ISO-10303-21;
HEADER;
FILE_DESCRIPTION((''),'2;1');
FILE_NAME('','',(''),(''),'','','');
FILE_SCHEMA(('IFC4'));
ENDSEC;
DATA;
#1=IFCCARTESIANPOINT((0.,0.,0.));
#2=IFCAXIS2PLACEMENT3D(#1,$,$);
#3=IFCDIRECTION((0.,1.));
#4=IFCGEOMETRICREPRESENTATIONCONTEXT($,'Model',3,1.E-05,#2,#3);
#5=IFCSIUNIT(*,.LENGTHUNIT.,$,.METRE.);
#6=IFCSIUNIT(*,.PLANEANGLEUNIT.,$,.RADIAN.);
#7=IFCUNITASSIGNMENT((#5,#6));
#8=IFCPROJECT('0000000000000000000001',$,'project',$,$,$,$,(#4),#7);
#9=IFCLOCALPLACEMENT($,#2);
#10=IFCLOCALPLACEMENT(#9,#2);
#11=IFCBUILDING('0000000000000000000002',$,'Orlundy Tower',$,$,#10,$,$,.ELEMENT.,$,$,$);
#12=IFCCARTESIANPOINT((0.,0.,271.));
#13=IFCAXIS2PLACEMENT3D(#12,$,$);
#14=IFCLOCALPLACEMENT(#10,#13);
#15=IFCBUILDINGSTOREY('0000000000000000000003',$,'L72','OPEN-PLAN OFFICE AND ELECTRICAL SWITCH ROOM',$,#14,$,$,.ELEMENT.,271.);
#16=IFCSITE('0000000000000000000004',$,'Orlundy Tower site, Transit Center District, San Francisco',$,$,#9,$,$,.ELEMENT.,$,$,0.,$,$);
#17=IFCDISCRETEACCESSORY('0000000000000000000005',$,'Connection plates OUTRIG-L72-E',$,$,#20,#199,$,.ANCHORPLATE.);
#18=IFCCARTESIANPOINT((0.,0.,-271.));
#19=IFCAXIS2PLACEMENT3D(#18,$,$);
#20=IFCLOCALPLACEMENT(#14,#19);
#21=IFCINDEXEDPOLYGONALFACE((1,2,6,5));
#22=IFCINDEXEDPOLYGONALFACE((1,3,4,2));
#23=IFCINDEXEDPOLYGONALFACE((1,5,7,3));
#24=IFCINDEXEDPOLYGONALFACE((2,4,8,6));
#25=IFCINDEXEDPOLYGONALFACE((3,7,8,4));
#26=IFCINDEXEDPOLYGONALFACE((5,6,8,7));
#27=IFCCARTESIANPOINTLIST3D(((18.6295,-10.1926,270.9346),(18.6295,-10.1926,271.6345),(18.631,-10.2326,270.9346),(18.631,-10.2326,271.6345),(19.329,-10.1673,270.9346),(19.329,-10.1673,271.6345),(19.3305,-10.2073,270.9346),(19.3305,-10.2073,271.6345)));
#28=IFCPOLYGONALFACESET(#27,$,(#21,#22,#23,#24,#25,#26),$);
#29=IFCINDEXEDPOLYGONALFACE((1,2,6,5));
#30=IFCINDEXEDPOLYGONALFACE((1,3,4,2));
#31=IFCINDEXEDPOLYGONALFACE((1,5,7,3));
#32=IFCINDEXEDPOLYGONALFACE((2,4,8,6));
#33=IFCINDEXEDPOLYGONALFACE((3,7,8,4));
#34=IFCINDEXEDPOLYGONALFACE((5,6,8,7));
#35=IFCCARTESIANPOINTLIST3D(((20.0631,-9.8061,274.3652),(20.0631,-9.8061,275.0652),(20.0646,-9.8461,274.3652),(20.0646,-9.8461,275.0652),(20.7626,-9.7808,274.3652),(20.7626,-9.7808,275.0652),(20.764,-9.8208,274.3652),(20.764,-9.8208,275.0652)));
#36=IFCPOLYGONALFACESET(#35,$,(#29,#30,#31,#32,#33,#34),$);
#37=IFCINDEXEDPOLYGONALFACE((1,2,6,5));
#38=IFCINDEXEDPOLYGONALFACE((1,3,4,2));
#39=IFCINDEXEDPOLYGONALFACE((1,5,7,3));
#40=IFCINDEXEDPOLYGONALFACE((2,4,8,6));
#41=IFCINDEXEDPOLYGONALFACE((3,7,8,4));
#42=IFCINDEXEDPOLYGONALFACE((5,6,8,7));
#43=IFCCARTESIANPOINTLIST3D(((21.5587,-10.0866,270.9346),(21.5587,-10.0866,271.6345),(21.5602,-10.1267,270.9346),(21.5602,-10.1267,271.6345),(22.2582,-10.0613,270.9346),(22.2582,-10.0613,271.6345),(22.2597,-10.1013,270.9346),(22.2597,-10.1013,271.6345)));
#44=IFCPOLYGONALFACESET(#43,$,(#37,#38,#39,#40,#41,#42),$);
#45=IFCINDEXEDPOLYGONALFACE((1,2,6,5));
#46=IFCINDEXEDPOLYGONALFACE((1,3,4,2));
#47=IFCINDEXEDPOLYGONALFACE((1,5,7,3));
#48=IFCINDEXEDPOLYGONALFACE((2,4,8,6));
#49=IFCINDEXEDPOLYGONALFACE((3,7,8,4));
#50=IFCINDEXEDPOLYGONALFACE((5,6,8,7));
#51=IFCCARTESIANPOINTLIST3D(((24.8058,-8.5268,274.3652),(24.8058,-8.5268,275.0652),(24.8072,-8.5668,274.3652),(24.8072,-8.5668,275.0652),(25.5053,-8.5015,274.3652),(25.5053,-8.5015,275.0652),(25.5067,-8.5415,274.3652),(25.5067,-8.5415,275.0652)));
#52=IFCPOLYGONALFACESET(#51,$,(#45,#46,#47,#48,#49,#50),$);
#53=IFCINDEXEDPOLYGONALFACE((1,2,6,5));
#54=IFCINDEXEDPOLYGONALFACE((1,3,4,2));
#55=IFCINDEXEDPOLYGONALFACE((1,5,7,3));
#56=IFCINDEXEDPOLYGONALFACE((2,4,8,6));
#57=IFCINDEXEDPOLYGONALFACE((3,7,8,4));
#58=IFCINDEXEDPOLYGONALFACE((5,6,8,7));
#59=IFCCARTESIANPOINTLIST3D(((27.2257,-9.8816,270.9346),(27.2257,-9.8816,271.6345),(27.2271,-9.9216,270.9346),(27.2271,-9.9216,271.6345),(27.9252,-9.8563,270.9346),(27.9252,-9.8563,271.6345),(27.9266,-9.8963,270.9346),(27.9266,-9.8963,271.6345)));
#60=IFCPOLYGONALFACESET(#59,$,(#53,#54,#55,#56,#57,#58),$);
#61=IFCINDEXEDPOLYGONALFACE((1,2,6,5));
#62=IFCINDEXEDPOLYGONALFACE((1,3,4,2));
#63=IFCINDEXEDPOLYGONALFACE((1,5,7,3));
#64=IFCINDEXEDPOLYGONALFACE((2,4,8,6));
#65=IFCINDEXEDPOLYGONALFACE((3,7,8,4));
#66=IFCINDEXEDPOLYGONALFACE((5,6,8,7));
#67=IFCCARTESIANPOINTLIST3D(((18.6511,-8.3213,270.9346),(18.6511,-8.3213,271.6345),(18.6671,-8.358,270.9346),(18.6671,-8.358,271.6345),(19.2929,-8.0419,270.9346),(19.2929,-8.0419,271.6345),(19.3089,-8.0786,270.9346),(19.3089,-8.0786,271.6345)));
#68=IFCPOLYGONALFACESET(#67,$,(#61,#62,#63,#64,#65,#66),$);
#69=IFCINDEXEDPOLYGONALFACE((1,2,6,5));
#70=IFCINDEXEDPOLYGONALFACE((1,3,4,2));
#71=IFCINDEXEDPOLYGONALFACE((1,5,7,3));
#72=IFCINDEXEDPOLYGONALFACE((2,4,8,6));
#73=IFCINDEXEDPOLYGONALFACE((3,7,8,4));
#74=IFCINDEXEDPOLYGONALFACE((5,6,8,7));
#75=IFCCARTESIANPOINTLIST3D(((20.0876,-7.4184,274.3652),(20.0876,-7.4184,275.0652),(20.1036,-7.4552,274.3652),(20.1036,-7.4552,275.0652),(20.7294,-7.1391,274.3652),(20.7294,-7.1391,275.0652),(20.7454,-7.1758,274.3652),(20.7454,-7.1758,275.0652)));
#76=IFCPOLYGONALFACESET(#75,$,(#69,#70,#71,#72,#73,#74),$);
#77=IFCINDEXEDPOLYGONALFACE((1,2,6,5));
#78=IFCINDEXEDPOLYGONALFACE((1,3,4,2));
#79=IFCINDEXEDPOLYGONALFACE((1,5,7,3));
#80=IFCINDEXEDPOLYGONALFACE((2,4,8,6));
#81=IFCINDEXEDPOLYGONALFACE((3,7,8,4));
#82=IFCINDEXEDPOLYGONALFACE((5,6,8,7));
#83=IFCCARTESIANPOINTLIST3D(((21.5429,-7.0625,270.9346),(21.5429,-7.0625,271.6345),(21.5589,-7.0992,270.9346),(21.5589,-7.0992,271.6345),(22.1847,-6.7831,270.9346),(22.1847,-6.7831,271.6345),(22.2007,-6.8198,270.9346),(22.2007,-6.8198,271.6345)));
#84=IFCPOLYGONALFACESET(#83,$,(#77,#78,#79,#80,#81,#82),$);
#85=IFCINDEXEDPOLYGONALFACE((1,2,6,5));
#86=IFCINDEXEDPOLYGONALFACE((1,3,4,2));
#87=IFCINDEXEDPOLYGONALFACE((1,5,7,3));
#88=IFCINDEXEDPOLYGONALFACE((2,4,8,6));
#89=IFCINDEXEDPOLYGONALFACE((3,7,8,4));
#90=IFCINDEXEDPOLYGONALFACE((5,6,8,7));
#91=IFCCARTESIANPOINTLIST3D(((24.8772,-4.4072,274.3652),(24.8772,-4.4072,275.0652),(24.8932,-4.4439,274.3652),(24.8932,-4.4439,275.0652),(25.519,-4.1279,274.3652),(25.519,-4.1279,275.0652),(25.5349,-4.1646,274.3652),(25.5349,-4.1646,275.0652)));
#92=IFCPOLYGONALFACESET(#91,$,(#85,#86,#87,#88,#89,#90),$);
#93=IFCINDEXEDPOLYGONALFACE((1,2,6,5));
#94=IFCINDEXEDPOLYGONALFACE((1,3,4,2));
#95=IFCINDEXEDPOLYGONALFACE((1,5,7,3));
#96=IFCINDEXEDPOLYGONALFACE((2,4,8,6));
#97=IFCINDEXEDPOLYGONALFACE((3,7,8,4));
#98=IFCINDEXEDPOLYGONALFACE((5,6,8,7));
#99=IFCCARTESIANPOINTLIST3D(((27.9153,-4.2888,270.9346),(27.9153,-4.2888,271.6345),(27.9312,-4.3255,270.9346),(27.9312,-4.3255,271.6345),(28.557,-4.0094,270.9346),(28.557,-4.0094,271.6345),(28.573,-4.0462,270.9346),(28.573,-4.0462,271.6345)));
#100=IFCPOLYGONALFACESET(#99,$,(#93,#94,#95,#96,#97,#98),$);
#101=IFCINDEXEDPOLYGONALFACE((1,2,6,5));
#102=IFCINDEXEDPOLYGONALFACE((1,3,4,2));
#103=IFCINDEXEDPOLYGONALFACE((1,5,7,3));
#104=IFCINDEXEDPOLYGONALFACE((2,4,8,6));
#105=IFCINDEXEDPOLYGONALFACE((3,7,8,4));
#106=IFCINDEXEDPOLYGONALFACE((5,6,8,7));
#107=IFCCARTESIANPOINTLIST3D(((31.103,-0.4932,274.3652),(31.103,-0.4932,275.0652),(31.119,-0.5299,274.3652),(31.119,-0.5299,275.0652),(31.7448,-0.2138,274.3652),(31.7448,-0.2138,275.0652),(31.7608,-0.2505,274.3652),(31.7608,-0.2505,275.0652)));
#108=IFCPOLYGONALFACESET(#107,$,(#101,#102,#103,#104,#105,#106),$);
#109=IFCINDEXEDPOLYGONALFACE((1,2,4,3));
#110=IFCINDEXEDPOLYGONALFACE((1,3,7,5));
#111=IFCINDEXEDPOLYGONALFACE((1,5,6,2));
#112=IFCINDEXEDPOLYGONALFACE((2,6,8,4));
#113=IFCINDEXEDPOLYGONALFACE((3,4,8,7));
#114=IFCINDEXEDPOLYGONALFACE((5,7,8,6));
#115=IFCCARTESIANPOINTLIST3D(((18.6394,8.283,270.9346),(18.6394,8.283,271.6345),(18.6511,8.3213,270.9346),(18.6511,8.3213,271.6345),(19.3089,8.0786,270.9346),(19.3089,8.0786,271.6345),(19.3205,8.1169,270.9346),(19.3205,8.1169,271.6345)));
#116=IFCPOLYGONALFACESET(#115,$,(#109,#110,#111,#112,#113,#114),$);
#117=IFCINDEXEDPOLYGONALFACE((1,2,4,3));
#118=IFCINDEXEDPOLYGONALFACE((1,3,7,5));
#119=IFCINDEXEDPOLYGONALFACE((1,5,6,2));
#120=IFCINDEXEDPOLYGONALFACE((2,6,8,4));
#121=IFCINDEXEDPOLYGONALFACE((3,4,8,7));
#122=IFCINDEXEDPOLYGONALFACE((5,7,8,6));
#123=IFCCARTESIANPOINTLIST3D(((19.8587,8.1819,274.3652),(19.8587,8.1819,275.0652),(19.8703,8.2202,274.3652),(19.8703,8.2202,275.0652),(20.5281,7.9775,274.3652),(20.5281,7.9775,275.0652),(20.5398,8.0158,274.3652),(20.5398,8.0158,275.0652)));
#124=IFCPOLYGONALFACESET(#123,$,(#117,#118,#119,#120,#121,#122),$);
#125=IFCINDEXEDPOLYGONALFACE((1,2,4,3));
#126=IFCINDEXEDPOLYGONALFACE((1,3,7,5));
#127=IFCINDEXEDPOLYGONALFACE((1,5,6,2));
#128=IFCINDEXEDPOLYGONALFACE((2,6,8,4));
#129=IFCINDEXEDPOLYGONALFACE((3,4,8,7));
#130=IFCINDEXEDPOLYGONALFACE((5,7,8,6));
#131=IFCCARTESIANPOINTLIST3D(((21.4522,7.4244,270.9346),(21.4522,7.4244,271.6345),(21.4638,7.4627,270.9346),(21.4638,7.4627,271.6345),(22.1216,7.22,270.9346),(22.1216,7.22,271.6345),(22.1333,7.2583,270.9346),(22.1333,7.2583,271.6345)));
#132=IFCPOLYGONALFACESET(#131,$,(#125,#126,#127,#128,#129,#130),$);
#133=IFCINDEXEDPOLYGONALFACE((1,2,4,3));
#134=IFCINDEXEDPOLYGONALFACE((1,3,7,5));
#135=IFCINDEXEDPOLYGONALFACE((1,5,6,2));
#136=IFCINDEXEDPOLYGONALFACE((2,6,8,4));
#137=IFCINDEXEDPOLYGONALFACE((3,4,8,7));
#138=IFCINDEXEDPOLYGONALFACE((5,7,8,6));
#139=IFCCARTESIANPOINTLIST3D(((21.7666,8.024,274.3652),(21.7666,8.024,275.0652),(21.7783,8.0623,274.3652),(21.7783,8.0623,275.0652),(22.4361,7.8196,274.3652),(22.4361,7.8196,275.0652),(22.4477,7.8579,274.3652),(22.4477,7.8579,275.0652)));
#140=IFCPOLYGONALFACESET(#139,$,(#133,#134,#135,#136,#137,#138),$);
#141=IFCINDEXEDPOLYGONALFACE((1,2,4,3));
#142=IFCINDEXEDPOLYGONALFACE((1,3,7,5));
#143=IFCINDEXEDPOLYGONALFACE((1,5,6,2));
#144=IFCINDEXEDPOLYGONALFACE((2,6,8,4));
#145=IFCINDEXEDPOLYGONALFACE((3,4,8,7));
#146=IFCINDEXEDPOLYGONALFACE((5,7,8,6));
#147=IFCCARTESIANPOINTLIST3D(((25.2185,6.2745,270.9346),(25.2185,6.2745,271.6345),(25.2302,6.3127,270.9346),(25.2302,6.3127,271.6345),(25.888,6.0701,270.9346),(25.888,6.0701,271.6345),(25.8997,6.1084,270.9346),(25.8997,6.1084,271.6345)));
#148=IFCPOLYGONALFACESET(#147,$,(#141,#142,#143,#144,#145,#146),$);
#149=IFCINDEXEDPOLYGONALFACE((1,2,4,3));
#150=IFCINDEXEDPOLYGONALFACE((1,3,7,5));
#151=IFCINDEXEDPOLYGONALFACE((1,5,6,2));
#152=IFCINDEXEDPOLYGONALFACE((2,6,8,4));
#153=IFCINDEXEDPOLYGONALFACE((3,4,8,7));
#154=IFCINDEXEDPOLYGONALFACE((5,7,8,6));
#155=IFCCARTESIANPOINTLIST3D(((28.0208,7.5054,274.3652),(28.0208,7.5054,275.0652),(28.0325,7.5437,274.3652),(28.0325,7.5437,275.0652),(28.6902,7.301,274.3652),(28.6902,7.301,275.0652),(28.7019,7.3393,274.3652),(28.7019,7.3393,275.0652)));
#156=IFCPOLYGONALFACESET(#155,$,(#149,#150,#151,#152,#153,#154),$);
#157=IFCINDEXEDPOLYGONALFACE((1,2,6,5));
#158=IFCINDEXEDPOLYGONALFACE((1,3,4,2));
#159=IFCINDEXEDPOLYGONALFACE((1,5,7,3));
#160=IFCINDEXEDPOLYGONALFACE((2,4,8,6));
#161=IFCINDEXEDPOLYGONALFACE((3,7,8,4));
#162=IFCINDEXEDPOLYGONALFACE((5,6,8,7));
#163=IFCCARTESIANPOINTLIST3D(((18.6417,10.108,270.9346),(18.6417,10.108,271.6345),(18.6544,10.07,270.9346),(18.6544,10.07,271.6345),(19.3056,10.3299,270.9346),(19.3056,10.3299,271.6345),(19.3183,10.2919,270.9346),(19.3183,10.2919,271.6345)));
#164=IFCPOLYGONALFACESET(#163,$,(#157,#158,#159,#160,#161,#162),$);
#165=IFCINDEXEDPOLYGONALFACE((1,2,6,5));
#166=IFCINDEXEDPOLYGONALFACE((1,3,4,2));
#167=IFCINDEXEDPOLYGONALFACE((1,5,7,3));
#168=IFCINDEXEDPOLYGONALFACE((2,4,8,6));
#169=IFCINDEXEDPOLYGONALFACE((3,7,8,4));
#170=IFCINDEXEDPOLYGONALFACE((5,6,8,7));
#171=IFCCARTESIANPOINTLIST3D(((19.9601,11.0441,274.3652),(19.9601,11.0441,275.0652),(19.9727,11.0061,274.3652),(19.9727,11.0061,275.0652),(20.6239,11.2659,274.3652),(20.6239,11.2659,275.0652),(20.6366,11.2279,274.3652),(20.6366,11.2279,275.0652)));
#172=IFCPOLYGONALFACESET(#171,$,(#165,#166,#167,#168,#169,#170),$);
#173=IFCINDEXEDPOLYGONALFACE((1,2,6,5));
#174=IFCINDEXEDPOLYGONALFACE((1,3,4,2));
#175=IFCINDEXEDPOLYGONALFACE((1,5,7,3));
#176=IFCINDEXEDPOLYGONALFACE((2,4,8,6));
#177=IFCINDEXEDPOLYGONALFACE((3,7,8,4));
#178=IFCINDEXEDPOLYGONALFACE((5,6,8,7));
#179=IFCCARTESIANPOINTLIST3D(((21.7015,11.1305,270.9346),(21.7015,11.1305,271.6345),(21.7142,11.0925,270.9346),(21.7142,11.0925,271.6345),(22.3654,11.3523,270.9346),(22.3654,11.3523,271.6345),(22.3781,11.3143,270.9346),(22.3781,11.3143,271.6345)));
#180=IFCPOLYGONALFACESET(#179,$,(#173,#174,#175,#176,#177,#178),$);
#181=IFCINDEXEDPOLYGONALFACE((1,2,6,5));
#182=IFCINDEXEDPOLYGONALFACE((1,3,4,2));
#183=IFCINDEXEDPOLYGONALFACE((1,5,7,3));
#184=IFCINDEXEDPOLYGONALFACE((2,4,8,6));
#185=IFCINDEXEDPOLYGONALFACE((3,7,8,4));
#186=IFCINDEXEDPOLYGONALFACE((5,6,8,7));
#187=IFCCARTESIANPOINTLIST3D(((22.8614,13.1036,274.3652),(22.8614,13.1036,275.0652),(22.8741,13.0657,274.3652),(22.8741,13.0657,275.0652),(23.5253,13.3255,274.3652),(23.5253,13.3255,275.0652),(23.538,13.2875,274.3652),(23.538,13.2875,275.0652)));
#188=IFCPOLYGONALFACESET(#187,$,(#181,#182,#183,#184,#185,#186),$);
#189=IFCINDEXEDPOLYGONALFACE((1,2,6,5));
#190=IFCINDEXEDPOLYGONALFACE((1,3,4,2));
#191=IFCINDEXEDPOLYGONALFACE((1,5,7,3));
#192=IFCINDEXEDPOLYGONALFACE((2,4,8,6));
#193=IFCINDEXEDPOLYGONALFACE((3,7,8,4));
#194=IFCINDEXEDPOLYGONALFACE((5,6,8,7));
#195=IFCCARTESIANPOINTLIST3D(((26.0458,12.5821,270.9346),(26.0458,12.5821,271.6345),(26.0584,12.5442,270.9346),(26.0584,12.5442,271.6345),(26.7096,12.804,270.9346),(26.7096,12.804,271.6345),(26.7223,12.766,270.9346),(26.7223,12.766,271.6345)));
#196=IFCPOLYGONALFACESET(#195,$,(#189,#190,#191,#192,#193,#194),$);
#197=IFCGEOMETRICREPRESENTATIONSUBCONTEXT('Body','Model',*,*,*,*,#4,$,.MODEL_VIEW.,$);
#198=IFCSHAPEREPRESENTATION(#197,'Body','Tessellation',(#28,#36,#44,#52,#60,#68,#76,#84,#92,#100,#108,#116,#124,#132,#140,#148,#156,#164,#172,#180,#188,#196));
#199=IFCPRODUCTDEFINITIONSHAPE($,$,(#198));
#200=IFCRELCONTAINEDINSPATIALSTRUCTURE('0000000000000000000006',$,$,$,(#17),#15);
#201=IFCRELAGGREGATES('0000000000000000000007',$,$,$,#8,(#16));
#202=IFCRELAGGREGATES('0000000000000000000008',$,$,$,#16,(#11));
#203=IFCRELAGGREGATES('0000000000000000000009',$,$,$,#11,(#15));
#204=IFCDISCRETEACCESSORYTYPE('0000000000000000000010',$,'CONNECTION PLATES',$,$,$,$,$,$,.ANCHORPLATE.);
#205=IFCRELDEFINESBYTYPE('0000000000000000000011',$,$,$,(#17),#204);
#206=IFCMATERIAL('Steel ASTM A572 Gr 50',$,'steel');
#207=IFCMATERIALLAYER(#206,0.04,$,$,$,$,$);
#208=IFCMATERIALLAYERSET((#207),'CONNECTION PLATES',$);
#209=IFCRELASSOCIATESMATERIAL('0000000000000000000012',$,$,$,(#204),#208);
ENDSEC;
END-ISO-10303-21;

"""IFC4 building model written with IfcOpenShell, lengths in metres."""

from ifc_helpers import new_model, si_unit, direction, frame, origin, origin_2d, place, context, subcontext, project, spatial, rectangle, extrude, material, layer, layer_set, type_object, element, save


model = new_model("IFC4")

# Units and contexts
model_context = context("Model", 3, precision=1e-05, world=origin(), true_north=direction((0.0, 1.0)))
body_context = subcontext(model_context, "Body", "Model", "MODEL_VIEW")
ifc_project = project(units=[si_unit("LENGTHUNIT", "METRE"), si_unit("PLANEANGLEUNIT", "RADIAN")], contexts=[model_context])

# Site, building, storey
site_placement = place(None, origin())
site = spatial("IfcSite", under=ifc_project, at=site_placement, Name="Orlundy Tower site, Transit Center District, San Francisco", CompositionType="ELEMENT", RefElevation=0.0)
building_placement = place(site_placement, origin())
building = spatial("IfcBuilding", under=site, at=building_placement, Name="Orlundy Tower", CompositionType="ELEMENT")
storey_placement = place(building_placement, frame((0.0, 0.0, 271.0)))
storey = spatial("IfcBuildingStorey", under=building, at=storey_placement, Name="L72", Description="OPEN-PLAN OFFICE AND ELECTRICAL SWITCH ROOM", CompositionType="ELEMENT", Elevation=271.0)

# Discrete accessory
ifc_material_1 = material(Name="Steel ASTM A572 Gr 50", Category="steel")
ifc_layer = layer(ifc_material_1, 0.04)
ifc_layer_set = layer_set([ifc_layer], Name="CONNECTION PLATES")
discrete_accessory_type = type_object("IfcDiscreteAccessoryType", Name="CONNECTION PLATES", PredefinedType="ANCHORPLATE", material=ifc_layer_set)
discrete_accessory_1_placement = place(storey_placement, frame((0.0, 0.0, -271.0)))
element("IfcDiscreteAccessory", 1, at=discrete_accessory_1_placement, inside=storey, type_object=discrete_accessory_type, Name="Connection plates OUTRIG-L72-E", PredefinedType="ANCHORPLATE", context=body_context, shape_type="SweptSolid", body=[
    extrude(rectangle(XDim=0.7, YDim=0.04, at=origin_2d()), frame((18.98, -10.2, 270.9346), z_axis=(0.0, 0.0, 1.0), x_axis=(0.999346, 0.036155, 0.0)), (0.0, 0.0, 1.0), 0.7),
    extrude(rectangle(XDim=0.7, YDim=0.04, at=origin_2d()), frame((20.4136, -9.8135, 274.3652), z_axis=(0.0, 0.0, 1.0), x_axis=(0.999346, 0.036155, 0.0)), (0.0, 0.0, 1.0), 0.7),
    extrude(rectangle(XDim=0.7, YDim=0.04, at=origin_2d()), frame((21.9092, -10.094, 270.9346), z_axis=(0.0, 0.0, 1.0), x_axis=(0.999346, 0.036155, 0.0)), (0.0, 0.0, 1.0), 0.7),
    extrude(rectangle(XDim=0.7, YDim=0.04, at=origin_2d()), frame((25.1562, -8.5342, 274.3652), z_axis=(0.0, 0.0, 1.0), x_axis=(0.999346, 0.036155, 0.0)), (0.0, 0.0, 1.0), 0.7),
    extrude(rectangle(XDim=0.7, YDim=0.04, at=origin_2d()), frame((27.5762, -9.8889, 270.9346), z_axis=(0.0, 0.0, 1.0), x_axis=(0.999346, 0.036155, 0.0)), (0.0, 0.0, 1.0), 0.7),
    extrude(rectangle(XDim=0.7, YDim=0.04, at=origin_2d()), frame((18.98, -8.2, 270.9346), z_axis=(0.0, 0.0, 1.0), x_axis=(0.9169, 0.399117, 0.0)), (0.0, 0.0, 1.0), 0.7),
    extrude(rectangle(XDim=0.7, YDim=0.04, at=origin_2d()), frame((20.4165, -7.2971, 274.3652), z_axis=(0.0, 0.0, 1.0), x_axis=(0.9169, 0.399117, 0.0)), (0.0, 0.0, 1.0), 0.7),
    extrude(rectangle(XDim=0.7, YDim=0.04, at=origin_2d()), frame((21.8718, -6.9412, 270.9346), z_axis=(0.0, 0.0, 1.0), x_axis=(0.9169, 0.399117, 0.0)), (0.0, 0.0, 1.0), 0.7),
    extrude(rectangle(XDim=0.7, YDim=0.04, at=origin_2d()), frame((25.2061, -4.2859, 274.3652), z_axis=(0.0, 0.0, 1.0), x_axis=(0.9169, 0.399117, 0.0)), (0.0, 0.0, 1.0), 0.7),
    extrude(rectangle(XDim=0.7, YDim=0.04, at=origin_2d()), frame((28.2441, -4.1675, 270.9346), z_axis=(0.0, 0.0, 1.0), x_axis=(0.9169, 0.399117, 0.0)), (0.0, 0.0, 1.0), 0.7),
    extrude(rectangle(XDim=0.7, YDim=0.04, at=origin_2d()), frame((31.4319, -0.3718, 274.3652), z_axis=(0.0, 0.0, 1.0), x_axis=(0.9169, 0.399117, 0.0)), (0.0, 0.0, 1.0), 0.7),
    extrude(rectangle(XDim=0.7, YDim=0.04, at=origin_2d()), frame((18.98, 8.2, 270.9346), z_axis=(0.0, 0.0, 1.0), x_axis=(0.956417, -0.292004, 0.0)), (0.0, 0.0, 1.0), 0.7),
    extrude(rectangle(XDim=0.7, YDim=0.04, at=origin_2d()), frame((20.1992, 8.0989, 274.3652), z_axis=(0.0, 0.0, 1.0), x_axis=(0.956417, -0.292004, 0.0)), (0.0, 0.0, 1.0), 0.7),
    extrude(rectangle(XDim=0.7, YDim=0.04, at=origin_2d()), frame((21.7927, 7.3413, 270.9346), z_axis=(0.0, 0.0, 1.0), x_axis=(0.956417, -0.292004, 0.0)), (0.0, 0.0, 1.0), 0.7),
    extrude(rectangle(XDim=0.7, YDim=0.04, at=origin_2d()), frame((22.1072, 7.9409, 274.3652), z_axis=(0.0, 0.0, 1.0), x_axis=(0.956417, -0.292004, 0.0)), (0.0, 0.0, 1.0), 0.7),
    extrude(rectangle(XDim=0.7, YDim=0.04, at=origin_2d()), frame((25.5591, 6.1914, 270.9346), z_axis=(0.0, 0.0, 1.0), x_axis=(0.956417, -0.292004, 0.0)), (0.0, 0.0, 1.0), 0.7),
    extrude(rectangle(XDim=0.7, YDim=0.04, at=origin_2d()), frame((28.3613, 7.4224, 274.3652), z_axis=(0.0, 0.0, 1.0), x_axis=(0.956417, -0.292004, 0.0)), (0.0, 0.0, 1.0), 0.7),
    extrude(rectangle(XDim=0.7, YDim=0.04, at=origin_2d()), frame((18.98, 10.2, 270.9346), z_axis=(0.0, 0.0, 1.0), x_axis=(0.948451, 0.316924, 0.0)), (0.0, 0.0, 1.0), 0.7),
    extrude(rectangle(XDim=0.7, YDim=0.04, at=origin_2d()), frame((20.2983, 11.136, 274.3652), z_axis=(0.0, 0.0, 1.0), x_axis=(0.948451, 0.316924, 0.0)), (0.0, 0.0, 1.0), 0.7),
    extrude(rectangle(XDim=0.7, YDim=0.04, at=origin_2d()), frame((22.0398, 11.2224, 270.9346), z_axis=(0.0, 0.0, 1.0), x_axis=(0.948451, 0.316924, 0.0)), (0.0, 0.0, 1.0), 0.7),
    extrude(rectangle(XDim=0.7, YDim=0.04, at=origin_2d()), frame((23.1997, 13.1956, 274.3652), z_axis=(0.0, 0.0, 1.0), x_axis=(0.948451, 0.316924, 0.0)), (0.0, 0.0, 1.0), 0.7),
    extrude(rectangle(XDim=0.7, YDim=0.04, at=origin_2d()), frame((26.384, 12.6741, 270.9346), z_axis=(0.0, 0.0, 1.0), x_axis=(0.948451, 0.316924, 0.0)), (0.0, 0.0, 1.0), 0.7),
])

save(model, "model.ifc")
